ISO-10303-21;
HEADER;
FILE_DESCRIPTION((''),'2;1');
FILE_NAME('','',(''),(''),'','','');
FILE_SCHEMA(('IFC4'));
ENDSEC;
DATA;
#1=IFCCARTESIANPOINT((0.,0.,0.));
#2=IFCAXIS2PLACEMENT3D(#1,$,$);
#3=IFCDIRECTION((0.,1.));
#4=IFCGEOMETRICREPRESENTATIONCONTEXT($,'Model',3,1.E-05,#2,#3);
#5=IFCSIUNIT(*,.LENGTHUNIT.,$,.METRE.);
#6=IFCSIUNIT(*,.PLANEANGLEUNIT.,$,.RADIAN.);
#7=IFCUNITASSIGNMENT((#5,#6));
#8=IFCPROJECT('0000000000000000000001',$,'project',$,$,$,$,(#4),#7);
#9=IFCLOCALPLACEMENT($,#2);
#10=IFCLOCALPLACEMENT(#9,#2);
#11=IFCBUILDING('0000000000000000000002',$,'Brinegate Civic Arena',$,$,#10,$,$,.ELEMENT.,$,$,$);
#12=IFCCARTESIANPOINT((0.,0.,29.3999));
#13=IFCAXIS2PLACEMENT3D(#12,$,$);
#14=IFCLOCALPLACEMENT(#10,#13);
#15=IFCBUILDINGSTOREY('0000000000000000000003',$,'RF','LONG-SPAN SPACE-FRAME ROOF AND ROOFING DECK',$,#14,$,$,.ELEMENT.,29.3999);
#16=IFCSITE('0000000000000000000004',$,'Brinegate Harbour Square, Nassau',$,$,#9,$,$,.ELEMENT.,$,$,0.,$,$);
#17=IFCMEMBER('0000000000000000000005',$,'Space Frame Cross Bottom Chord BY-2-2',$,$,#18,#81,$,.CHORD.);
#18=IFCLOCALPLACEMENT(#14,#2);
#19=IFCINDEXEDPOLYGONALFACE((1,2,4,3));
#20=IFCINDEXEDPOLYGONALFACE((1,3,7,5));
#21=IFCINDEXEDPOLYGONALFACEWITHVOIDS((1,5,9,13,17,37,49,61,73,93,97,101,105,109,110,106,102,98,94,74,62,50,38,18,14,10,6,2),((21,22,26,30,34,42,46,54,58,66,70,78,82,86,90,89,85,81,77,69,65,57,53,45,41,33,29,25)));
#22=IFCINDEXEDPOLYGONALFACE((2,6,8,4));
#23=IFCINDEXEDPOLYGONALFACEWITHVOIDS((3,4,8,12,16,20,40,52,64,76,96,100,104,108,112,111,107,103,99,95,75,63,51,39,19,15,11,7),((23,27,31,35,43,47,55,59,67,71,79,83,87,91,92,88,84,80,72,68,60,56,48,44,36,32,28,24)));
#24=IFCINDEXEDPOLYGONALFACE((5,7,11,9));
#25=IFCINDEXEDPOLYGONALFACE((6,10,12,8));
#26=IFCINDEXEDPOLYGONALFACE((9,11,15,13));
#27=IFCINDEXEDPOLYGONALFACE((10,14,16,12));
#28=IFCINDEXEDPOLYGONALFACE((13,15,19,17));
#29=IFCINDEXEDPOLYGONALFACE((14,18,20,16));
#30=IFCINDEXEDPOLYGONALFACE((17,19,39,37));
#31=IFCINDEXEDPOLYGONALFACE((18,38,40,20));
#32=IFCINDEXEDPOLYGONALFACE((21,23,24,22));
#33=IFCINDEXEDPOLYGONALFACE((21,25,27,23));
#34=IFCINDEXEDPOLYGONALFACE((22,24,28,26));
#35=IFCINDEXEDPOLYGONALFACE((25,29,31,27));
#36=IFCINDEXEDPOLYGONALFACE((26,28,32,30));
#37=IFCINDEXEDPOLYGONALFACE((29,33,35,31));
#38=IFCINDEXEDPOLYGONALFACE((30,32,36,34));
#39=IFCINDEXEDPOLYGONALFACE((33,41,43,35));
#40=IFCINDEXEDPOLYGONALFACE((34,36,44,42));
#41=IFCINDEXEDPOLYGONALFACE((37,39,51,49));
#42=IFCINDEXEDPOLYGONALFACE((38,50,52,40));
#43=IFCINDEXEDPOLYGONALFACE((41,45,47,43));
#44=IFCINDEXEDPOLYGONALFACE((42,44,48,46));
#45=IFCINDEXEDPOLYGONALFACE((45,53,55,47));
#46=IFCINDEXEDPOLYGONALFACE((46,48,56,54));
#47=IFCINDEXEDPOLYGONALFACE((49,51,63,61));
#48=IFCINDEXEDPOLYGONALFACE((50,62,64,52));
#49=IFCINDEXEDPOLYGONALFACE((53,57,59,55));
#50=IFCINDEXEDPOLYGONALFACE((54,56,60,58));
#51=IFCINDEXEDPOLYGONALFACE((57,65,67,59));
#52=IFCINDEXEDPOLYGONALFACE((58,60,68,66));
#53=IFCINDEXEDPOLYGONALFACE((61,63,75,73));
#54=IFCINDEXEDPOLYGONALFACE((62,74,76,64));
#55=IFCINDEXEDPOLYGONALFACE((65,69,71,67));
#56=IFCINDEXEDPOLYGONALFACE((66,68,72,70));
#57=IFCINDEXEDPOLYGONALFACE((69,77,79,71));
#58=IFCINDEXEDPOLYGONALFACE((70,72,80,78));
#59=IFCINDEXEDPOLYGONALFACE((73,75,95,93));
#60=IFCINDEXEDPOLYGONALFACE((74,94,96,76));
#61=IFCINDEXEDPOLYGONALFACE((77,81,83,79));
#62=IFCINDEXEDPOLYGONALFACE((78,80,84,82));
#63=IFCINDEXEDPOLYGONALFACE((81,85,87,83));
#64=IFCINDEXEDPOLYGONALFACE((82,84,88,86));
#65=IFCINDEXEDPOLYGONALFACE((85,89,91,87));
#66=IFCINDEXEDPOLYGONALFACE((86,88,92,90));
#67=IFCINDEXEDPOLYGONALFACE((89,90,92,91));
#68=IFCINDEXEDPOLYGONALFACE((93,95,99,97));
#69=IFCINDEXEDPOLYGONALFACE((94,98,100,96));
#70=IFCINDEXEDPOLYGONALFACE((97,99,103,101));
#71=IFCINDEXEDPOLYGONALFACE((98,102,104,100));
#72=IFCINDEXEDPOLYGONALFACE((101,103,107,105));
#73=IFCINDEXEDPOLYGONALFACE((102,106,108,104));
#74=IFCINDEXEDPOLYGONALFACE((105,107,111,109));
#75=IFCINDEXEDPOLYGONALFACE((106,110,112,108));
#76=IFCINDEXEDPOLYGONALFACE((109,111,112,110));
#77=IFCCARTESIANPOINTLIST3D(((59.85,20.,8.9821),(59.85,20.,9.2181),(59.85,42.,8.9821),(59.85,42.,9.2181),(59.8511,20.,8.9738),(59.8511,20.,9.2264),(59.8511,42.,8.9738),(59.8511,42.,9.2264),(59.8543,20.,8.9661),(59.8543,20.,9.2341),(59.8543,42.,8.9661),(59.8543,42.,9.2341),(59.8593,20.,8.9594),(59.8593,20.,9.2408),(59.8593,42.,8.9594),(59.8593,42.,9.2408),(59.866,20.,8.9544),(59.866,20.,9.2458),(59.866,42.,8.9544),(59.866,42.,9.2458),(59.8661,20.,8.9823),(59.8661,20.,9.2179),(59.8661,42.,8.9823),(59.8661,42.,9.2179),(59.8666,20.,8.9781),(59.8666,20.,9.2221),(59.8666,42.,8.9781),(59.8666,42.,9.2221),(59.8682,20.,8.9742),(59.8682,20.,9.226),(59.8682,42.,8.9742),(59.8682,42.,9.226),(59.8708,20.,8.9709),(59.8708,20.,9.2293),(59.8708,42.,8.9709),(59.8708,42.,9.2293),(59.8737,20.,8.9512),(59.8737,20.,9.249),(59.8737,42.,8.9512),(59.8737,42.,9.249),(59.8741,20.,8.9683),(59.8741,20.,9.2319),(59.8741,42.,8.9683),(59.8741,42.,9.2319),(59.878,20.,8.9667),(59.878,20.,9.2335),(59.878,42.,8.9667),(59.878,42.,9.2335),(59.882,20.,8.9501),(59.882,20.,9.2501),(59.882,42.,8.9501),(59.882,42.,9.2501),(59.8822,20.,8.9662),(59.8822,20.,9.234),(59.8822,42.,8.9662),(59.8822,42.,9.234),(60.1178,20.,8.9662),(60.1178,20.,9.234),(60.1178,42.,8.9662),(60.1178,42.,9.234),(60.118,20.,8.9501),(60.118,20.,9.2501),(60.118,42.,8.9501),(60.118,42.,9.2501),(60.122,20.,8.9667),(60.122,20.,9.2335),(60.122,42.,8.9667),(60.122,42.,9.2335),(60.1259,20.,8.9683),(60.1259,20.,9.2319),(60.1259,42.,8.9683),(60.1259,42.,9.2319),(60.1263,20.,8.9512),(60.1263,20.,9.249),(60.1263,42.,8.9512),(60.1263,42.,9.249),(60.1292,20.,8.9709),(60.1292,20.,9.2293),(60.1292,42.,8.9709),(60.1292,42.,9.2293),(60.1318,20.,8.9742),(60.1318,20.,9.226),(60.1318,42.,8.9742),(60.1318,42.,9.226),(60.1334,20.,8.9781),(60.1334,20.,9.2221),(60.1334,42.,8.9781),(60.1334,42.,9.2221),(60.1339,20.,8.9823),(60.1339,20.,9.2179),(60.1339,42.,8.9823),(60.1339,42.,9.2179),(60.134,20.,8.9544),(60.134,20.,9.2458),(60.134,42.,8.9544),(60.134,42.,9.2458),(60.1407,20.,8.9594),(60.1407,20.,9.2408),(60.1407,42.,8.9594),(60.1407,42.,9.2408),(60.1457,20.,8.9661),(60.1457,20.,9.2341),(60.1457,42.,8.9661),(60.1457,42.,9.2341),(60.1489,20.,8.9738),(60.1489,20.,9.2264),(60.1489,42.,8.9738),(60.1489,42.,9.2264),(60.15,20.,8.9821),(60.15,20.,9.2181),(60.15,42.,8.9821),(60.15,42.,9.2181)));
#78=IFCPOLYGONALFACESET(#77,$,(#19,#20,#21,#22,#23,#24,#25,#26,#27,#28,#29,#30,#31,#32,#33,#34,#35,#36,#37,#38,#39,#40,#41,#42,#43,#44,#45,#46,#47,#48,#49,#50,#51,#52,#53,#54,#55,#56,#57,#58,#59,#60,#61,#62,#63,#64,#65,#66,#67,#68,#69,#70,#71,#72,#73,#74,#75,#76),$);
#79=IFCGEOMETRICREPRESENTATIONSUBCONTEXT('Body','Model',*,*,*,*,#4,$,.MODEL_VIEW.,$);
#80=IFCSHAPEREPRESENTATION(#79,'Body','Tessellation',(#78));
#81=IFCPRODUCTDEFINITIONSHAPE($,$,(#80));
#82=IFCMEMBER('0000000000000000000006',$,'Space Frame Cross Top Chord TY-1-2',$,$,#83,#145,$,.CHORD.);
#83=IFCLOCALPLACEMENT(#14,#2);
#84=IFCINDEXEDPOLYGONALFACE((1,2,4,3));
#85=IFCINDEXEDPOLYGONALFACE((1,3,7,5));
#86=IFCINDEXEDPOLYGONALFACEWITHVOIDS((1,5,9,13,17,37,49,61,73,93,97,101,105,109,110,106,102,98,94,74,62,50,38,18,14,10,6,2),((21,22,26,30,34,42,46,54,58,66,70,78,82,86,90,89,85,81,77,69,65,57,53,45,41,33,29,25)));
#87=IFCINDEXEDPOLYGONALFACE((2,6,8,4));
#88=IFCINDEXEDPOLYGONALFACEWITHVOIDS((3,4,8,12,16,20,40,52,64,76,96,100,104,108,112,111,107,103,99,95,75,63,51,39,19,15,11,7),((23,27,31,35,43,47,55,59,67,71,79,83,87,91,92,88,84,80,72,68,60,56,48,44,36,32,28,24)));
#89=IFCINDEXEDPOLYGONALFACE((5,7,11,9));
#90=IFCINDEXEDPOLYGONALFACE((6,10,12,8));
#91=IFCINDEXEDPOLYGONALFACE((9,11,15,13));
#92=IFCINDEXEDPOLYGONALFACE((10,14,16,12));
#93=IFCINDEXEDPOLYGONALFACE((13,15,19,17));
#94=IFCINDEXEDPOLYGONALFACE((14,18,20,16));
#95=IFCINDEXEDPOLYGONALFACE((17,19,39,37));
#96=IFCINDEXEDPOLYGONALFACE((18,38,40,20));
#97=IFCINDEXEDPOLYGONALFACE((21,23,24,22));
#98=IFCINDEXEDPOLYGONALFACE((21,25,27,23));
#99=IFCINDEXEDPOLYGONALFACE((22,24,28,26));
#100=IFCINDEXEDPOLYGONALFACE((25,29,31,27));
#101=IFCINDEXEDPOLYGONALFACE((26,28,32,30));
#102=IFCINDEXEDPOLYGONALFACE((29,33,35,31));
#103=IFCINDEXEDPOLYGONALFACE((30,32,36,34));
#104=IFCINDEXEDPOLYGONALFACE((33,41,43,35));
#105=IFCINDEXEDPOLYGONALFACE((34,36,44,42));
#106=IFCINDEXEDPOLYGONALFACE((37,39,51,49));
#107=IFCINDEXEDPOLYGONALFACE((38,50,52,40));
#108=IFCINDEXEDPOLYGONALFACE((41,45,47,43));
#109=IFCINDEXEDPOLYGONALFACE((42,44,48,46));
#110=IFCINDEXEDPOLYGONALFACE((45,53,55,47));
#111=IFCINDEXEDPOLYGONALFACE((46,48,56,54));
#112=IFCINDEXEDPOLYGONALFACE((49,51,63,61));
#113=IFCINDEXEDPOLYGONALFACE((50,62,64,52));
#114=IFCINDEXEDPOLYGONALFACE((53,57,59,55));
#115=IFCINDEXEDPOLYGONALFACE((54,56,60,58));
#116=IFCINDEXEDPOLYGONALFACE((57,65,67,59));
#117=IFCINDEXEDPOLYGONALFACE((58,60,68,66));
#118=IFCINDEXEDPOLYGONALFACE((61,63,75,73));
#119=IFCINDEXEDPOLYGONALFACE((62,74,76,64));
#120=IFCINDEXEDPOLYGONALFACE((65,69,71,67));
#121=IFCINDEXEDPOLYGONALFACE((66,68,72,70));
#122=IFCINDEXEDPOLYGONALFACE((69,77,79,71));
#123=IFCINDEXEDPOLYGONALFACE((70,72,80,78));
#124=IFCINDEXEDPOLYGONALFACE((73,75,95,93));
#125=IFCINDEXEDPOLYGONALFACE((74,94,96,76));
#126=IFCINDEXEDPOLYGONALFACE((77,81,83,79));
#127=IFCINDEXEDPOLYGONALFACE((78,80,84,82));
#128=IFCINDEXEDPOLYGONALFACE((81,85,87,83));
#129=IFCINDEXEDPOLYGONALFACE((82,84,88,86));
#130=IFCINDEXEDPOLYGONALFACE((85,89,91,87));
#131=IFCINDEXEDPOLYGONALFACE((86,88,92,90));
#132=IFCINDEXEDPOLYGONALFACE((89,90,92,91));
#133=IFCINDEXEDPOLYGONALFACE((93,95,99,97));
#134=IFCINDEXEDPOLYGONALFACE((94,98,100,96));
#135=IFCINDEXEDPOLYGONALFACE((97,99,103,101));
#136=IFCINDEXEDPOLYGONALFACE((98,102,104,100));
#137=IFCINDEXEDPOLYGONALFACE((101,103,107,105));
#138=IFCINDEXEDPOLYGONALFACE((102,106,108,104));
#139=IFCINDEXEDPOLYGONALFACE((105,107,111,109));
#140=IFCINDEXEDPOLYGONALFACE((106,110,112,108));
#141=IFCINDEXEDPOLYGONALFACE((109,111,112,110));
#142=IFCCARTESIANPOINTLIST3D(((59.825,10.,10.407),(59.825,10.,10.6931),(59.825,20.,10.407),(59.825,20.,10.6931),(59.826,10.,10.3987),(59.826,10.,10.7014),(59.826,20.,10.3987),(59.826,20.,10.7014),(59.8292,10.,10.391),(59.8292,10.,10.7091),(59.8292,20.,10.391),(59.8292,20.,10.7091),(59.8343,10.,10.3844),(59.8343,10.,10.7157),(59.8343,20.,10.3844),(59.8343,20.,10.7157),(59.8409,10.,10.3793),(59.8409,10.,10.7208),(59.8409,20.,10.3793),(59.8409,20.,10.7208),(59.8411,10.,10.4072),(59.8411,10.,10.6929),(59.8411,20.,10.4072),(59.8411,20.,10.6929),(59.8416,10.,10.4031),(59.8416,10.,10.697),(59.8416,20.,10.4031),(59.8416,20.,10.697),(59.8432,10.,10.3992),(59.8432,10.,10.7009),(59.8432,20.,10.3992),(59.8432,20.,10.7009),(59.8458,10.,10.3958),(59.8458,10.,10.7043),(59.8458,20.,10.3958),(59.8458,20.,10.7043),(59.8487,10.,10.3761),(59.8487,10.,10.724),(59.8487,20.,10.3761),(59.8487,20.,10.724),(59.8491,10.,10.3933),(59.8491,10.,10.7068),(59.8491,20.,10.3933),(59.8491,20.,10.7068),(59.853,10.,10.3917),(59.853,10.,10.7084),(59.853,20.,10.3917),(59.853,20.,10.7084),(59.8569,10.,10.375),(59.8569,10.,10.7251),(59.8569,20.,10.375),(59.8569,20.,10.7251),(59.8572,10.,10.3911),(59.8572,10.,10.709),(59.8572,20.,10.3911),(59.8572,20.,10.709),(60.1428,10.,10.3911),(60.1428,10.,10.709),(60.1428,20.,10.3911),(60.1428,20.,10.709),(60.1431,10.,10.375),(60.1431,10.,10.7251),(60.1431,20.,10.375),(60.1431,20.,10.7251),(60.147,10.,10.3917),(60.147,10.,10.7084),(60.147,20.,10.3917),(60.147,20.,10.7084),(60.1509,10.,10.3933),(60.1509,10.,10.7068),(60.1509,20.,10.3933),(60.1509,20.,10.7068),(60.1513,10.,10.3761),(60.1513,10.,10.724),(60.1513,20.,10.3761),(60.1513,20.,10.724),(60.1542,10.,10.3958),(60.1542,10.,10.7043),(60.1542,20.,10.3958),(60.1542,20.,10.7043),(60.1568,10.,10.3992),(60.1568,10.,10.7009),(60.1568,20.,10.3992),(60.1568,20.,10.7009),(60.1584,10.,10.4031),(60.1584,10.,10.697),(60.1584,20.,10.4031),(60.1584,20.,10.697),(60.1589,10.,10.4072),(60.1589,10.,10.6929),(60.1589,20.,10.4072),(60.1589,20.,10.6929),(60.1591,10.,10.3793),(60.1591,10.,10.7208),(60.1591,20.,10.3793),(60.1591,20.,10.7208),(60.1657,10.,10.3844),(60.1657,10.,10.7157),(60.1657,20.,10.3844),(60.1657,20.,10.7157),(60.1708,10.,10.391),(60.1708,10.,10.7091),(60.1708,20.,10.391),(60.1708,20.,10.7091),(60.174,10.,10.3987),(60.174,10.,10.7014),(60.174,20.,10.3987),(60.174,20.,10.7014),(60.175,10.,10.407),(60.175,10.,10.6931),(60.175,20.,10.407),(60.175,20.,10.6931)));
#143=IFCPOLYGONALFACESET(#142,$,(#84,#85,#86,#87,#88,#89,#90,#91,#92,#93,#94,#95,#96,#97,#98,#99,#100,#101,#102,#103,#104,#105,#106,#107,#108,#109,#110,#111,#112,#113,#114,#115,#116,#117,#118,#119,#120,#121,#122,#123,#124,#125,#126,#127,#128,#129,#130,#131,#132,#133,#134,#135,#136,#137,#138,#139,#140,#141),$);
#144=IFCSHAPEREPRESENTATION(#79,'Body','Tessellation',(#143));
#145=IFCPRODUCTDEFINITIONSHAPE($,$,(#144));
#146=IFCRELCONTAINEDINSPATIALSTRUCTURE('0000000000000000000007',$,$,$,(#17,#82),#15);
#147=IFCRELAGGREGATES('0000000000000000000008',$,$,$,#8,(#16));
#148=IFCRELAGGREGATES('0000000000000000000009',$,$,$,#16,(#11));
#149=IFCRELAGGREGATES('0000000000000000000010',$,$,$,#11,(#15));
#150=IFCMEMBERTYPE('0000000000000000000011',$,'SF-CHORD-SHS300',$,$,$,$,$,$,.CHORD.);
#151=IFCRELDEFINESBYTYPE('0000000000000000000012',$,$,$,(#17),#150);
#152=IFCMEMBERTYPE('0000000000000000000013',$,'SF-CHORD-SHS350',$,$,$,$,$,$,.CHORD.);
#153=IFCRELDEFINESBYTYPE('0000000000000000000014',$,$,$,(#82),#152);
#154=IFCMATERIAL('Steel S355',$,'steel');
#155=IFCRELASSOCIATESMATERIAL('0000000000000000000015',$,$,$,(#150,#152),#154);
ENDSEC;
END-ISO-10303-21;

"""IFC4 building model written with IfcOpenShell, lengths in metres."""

from ifc_helpers import new_model, si_unit, direction, frame, origin, origin_2d, place, context, subcontext, project, spatial, hollow_rectangle, extrude, material, material_profile, profile_set, type_object, element, save


model = new_model("IFC4")

# Units and contexts
model_context = context("Model", 3, precision=1e-05, world=origin(), true_north=direction((0.0, 1.0)))
body_context = subcontext(model_context, "Body", "Model", "MODEL_VIEW")
ifc_project = project(units=[si_unit("LENGTHUNIT", "METRE"), si_unit("PLANEANGLEUNIT", "RADIAN")], contexts=[model_context])

# Site, building, storey
site_placement = place(None, origin())
site = spatial("IfcSite", under=ifc_project, at=site_placement, Name="Brinegate Harbour Square, Nassau", CompositionType="ELEMENT", RefElevation=0.0)
building_placement = place(site_placement, origin())
building = spatial("IfcBuilding", under=site, at=building_placement, Name="Brinegate Civic Arena", CompositionType="ELEMENT")
storey_placement = place(building_placement, frame((0.0, 0.0, 29.3999)))
storey = spatial("IfcBuildingStorey", under=building, at=storey_placement, Name="RF", Description="LONG-SPAN SPACE-FRAME ROOF AND ROOFING DECK", CompositionType="ELEMENT", Elevation=29.3999)

# Shared definitions
ifc_material_1 = material(Name="Steel S355", Category="steel")

# Members
ifc_material_profile_1 = material_profile(ifc_material_1, hollow_rectangle(XDim=0.3, YDim=0.3, WallThickness=0.0161, InnerFilletRadius=0.0161, OuterFilletRadius=0.032, at=origin_2d()), Name="SHS300X16")
ifc_profile_set_1 = profile_set([ifc_material_profile_1], Name="Steel S355")
member_type_1 = type_object("IfcMemberType", Name="SF-CHORD-SHS300", PredefinedType="CHORD", material=ifc_profile_set_1)
member_1_placement = place(storey_placement, frame((60.0, 20.0, 9.1001), z_axis=(0.0, 1.0, 0.0), x_axis=(-1.0, 0.0, 0.0)))
element("IfcMember", 1, at=member_1_placement, inside=storey, type_object=member_type_1, Name="Space Frame Cross Bottom Chord BY-2-2", PredefinedType="CHORD", context=body_context, shape_type="SweptSolid", body=[
    extrude(hollow_rectangle(XDim=0.3, YDim=0.3, WallThickness=0.0161, InnerFilletRadius=0.0161, OuterFilletRadius=0.032, at=origin_2d()), origin(), (0.0, 0.0, 1.0), 22.0),
])
ifc_material_profile_2 = material_profile(ifc_material_1, hollow_rectangle(XDim=0.3501, YDim=0.3501, WallThickness=0.0161, InnerFilletRadius=0.0161, OuterFilletRadius=0.032, at=origin_2d()), Name="SHS350X16")
ifc_profile_set_2 = profile_set([ifc_material_profile_2], Name="Steel S355")
member_type_2 = type_object("IfcMemberType", Name="SF-CHORD-SHS350", PredefinedType="CHORD", material=ifc_profile_set_2)
member_2_placement = place(storey_placement, frame((60.0, 10.0, 10.55), z_axis=(0.0, 1.0, 0.0), x_axis=(-1.0, 0.0, 0.0)))
element("IfcMember", 2, at=member_2_placement, inside=storey, type_object=member_type_2, Name="Space Frame Cross Top Chord TY-1-2", PredefinedType="CHORD", context=body_context, shape_type="SweptSolid", body=[
    extrude(hollow_rectangle(XDim=0.3501, YDim=0.3501, WallThickness=0.0161, InnerFilletRadius=0.0161, OuterFilletRadius=0.032, at=origin_2d()), origin(), (0.0, 0.0, 1.0), 10.0),
])

save(model, "model.ifc")
